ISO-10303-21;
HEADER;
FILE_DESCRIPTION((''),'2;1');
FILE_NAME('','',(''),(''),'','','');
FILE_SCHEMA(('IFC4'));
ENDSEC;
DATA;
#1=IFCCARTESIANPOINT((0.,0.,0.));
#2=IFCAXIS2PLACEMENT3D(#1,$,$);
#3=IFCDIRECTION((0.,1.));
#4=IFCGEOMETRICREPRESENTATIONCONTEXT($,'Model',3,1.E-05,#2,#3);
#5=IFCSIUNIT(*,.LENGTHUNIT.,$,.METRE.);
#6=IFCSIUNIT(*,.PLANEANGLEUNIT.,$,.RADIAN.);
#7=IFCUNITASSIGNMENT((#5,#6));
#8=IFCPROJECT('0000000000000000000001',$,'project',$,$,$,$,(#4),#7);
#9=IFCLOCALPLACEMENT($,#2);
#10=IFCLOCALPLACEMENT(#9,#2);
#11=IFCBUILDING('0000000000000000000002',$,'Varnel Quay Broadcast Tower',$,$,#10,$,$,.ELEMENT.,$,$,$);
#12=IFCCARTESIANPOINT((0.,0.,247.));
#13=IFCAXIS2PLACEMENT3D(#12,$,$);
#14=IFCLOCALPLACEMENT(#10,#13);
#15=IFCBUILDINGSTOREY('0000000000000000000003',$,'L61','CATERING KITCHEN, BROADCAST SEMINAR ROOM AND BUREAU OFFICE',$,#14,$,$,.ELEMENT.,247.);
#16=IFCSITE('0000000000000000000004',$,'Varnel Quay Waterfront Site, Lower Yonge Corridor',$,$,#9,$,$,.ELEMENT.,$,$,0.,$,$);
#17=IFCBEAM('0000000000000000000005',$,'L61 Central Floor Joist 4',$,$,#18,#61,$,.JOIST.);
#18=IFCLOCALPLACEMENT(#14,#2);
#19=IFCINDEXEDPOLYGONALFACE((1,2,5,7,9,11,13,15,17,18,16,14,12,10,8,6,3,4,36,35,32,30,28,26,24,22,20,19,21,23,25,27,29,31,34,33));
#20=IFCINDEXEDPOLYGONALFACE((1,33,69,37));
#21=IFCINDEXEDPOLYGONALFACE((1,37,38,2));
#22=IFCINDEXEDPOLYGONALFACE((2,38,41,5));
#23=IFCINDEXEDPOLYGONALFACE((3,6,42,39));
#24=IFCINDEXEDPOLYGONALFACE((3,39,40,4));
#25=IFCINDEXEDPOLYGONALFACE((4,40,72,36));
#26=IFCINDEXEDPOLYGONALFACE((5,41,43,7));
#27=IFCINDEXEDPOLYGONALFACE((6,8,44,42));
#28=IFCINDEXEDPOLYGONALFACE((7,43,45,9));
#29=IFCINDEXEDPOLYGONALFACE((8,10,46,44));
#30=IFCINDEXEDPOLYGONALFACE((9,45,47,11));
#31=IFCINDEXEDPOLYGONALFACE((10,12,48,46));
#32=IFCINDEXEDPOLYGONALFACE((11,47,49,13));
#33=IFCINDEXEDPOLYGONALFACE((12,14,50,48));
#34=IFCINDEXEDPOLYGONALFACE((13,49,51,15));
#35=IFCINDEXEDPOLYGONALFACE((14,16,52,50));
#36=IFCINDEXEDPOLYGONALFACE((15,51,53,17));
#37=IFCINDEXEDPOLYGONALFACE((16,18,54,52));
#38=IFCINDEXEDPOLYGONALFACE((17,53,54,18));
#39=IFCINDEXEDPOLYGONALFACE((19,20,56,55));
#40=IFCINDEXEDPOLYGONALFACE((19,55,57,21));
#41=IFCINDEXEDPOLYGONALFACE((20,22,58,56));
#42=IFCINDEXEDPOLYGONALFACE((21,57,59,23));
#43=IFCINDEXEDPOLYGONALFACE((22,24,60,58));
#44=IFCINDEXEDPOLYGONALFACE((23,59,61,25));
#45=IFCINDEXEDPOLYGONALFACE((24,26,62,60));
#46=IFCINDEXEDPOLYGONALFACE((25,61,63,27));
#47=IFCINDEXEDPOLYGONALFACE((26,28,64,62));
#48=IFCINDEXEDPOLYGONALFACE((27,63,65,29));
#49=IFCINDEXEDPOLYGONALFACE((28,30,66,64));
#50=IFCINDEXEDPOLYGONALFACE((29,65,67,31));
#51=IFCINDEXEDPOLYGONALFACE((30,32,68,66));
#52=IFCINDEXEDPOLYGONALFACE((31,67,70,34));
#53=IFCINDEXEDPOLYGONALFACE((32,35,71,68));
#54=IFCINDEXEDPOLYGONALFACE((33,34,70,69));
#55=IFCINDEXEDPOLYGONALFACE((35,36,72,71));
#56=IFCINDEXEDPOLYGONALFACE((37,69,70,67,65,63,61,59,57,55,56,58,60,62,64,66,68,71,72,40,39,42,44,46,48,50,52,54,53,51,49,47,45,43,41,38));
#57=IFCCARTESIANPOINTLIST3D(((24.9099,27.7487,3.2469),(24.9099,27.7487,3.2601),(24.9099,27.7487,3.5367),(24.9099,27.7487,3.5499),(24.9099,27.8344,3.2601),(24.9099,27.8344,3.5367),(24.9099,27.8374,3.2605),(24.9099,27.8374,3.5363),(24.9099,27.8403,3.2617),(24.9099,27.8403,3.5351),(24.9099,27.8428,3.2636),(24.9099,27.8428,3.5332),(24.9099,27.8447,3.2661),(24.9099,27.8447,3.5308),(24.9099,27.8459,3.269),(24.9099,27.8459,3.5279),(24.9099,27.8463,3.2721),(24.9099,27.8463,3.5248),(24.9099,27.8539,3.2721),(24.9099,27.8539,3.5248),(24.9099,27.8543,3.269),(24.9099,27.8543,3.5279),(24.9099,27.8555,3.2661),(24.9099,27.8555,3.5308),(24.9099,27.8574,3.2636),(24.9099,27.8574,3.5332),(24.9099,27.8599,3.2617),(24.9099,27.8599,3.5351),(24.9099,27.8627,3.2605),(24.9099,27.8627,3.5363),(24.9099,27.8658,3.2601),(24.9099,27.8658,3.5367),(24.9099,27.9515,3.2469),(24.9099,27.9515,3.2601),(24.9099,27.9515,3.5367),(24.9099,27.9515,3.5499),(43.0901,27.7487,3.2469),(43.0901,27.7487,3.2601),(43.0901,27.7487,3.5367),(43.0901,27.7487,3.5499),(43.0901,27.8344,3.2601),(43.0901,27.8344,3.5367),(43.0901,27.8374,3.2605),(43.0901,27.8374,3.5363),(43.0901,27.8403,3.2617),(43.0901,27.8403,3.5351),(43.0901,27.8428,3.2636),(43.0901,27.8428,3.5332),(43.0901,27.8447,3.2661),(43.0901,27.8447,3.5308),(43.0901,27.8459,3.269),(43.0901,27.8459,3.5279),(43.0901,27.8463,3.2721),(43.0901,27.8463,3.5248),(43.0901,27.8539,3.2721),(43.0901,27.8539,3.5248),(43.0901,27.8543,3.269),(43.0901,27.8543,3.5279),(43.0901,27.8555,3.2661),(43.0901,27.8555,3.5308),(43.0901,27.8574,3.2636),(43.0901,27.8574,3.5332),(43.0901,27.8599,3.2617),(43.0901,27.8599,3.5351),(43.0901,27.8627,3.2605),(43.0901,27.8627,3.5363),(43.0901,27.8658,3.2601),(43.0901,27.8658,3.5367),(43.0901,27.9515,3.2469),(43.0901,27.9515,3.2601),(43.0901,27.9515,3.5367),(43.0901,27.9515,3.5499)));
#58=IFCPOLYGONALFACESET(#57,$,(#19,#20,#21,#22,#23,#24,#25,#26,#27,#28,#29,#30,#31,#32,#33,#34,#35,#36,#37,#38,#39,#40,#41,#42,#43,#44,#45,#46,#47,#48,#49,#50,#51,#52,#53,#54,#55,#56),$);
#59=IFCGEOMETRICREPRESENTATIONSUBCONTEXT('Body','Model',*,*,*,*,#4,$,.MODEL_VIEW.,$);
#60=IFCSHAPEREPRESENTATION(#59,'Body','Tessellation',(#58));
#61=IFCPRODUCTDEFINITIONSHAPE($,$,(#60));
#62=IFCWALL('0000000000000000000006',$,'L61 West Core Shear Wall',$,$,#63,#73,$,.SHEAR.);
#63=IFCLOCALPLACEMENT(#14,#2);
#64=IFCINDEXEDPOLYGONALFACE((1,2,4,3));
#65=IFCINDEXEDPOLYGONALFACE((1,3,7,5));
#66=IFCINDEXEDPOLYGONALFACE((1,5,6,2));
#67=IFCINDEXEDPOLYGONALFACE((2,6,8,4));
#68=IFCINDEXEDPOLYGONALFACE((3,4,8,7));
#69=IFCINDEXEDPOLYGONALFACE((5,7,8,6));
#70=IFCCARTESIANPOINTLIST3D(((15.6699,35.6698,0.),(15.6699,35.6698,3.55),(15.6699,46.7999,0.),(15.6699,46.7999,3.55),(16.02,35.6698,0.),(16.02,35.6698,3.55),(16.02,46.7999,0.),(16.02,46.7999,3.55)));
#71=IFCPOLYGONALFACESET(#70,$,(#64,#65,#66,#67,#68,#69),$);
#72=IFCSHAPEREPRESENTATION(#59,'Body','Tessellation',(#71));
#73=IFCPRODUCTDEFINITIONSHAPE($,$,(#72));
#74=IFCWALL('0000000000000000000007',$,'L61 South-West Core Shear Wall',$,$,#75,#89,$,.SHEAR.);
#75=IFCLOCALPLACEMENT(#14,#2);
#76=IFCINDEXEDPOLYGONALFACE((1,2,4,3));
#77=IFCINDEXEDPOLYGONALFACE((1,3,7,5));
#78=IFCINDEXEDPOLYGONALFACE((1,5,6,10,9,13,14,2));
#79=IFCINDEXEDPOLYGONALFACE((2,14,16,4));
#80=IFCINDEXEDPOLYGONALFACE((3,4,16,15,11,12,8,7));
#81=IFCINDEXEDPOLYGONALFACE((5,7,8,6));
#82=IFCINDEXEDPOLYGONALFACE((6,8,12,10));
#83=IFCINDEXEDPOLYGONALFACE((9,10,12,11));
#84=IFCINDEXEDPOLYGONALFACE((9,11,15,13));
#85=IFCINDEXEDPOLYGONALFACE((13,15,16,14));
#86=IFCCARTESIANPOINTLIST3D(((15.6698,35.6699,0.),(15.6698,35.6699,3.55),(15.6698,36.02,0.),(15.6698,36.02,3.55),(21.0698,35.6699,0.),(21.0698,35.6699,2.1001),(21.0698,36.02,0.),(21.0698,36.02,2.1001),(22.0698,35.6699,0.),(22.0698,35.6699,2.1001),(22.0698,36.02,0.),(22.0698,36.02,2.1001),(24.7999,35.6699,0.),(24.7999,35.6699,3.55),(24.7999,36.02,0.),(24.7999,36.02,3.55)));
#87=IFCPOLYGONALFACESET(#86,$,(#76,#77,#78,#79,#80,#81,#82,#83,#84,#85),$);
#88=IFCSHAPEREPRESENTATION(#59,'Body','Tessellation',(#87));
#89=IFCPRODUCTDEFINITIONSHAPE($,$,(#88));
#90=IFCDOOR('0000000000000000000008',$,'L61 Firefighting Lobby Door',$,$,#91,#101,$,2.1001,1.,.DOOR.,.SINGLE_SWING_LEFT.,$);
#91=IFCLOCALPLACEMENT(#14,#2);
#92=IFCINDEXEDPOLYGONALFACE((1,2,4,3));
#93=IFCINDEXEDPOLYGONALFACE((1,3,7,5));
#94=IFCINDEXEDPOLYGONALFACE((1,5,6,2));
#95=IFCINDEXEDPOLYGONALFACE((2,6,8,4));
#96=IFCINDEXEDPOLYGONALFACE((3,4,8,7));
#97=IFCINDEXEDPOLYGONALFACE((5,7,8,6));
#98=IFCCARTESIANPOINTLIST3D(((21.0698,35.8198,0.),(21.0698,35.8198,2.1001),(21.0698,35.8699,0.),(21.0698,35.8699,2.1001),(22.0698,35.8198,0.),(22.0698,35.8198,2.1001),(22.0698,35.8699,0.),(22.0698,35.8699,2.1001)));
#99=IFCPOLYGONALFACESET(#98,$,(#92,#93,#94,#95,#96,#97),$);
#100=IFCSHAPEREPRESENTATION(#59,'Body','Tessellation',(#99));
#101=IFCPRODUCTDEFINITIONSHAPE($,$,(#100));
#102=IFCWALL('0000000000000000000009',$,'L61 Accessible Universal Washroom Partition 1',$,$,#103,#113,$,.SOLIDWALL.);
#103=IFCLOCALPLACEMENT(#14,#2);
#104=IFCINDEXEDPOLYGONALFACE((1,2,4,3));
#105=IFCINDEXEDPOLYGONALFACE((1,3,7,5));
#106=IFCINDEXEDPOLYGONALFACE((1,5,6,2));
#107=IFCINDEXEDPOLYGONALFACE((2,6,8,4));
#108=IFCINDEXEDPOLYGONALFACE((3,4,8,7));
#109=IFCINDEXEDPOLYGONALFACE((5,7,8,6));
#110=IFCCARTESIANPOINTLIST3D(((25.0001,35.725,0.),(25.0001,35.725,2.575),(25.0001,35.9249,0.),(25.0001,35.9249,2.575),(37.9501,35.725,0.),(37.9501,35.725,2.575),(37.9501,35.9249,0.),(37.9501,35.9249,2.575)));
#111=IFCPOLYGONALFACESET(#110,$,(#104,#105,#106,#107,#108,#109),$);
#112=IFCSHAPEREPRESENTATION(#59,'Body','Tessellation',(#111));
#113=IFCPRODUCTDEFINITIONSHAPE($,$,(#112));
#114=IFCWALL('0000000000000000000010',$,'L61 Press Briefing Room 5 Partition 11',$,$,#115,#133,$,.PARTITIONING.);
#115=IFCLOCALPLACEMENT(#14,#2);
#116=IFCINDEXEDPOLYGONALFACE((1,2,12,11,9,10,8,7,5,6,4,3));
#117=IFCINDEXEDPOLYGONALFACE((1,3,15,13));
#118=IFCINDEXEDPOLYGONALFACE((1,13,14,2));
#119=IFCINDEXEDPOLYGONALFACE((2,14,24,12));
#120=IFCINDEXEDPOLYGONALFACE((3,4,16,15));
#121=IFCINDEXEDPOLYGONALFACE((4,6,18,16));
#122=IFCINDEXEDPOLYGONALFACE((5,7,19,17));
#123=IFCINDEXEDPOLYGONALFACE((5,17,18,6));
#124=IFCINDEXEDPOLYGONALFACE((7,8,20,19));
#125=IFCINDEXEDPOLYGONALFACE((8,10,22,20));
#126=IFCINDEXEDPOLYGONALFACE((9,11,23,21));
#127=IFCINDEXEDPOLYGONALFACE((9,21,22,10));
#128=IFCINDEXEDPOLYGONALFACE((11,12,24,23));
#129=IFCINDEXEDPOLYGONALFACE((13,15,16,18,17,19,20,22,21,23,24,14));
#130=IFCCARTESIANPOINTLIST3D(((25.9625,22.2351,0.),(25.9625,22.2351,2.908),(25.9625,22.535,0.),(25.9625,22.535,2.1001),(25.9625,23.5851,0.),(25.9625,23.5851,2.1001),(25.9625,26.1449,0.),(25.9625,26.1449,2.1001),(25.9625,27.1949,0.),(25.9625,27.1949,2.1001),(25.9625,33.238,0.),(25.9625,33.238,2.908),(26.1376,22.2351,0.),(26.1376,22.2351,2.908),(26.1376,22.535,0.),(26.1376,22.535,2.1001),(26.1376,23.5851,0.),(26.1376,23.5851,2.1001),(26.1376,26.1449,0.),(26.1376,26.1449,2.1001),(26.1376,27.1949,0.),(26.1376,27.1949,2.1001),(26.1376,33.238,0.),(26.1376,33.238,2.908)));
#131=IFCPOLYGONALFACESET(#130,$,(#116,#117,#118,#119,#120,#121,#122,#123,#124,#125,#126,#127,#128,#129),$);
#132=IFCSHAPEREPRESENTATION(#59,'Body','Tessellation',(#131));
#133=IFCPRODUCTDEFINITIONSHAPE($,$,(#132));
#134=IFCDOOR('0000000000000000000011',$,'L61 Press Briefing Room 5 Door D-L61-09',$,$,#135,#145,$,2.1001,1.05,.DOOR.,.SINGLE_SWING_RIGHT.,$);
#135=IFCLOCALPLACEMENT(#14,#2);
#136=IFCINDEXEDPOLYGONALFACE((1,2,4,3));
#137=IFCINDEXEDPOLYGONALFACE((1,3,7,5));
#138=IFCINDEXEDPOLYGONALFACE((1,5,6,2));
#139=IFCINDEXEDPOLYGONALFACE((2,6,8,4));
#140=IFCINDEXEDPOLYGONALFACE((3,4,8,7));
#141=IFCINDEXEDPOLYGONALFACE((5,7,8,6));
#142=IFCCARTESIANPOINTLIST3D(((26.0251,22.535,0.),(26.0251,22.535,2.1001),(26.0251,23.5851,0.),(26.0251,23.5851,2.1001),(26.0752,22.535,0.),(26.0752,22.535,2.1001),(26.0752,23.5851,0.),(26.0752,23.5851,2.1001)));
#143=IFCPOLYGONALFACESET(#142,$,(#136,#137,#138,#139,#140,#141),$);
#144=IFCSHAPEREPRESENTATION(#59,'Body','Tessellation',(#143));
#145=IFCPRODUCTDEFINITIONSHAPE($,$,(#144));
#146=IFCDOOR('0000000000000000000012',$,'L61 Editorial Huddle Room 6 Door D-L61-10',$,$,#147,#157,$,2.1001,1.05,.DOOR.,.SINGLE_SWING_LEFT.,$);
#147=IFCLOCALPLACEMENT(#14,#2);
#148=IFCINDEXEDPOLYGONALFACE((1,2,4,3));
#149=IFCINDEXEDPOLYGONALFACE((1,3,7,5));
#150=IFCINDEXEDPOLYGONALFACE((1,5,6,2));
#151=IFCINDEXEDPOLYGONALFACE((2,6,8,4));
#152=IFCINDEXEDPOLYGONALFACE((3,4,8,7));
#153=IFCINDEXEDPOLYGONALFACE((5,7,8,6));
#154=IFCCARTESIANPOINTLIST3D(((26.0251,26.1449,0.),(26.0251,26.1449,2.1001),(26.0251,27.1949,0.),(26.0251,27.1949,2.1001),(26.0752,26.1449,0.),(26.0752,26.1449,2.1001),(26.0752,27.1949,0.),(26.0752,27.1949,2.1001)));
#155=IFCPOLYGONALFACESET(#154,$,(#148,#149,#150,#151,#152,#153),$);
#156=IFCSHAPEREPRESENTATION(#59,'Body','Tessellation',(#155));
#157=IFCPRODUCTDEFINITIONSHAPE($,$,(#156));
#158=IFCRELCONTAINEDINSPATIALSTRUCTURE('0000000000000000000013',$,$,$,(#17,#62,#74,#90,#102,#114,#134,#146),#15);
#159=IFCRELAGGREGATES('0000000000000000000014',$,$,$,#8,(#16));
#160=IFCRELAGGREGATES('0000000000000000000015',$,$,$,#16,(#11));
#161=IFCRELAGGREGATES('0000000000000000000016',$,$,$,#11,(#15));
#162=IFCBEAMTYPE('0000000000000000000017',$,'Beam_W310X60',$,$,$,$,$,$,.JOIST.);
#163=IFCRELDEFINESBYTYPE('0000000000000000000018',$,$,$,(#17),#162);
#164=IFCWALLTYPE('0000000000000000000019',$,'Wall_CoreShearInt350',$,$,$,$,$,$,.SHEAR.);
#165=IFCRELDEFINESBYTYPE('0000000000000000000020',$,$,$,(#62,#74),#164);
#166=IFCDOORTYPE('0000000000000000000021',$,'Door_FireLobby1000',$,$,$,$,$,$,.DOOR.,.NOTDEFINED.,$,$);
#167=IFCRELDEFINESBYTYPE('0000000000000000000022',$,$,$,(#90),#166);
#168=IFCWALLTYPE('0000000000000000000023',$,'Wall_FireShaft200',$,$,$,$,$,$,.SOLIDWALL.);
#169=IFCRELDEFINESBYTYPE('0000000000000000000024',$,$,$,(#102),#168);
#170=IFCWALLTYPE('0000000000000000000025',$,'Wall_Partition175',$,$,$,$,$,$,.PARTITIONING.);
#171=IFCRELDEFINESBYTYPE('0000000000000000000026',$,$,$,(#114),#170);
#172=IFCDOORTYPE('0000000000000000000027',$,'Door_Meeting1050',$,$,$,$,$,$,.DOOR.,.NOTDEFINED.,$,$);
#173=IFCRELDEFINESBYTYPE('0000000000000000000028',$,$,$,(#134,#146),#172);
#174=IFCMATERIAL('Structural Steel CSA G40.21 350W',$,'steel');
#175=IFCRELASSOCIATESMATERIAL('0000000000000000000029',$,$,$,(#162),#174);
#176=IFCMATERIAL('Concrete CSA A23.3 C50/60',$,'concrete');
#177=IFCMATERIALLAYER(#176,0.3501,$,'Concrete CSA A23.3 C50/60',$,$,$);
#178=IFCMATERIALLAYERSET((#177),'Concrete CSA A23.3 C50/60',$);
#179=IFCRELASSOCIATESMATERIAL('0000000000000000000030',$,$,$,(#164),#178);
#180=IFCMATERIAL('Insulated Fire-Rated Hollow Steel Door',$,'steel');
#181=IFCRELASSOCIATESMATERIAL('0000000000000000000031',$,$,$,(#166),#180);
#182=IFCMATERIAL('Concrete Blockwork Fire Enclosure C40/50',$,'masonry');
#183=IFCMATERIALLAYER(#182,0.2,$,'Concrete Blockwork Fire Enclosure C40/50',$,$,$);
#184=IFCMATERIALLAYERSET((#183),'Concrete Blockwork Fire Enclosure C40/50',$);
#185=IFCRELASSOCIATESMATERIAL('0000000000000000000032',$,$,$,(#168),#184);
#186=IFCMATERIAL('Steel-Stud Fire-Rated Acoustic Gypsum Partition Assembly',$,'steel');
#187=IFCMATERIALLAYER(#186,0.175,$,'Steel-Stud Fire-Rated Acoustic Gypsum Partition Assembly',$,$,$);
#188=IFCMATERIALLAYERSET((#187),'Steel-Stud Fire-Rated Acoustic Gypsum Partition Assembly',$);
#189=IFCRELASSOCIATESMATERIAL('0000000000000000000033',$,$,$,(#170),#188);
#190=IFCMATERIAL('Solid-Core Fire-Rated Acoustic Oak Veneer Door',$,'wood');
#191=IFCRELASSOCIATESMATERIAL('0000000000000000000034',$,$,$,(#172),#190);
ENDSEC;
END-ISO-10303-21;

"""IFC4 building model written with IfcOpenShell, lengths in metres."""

from ifc_helpers import new_model, si_unit, direction, frame, frame_2d, origin, origin_2d, place, context, subcontext, project, spatial, rectangle, i_section, extrude, source, transform, mapped, material, layer, layer_set, material_profile, profile_set, type_object, type_shapes, element, fill, save


model = new_model("IFC4")

# Units and contexts
model_context = context("Model", 3, precision=1e-05, world=origin(), true_north=direction((0.0, 1.0)))
body_context = subcontext(model_context, "Body", "Model", "MODEL_VIEW")
ifc_project = project(units=[si_unit("LENGTHUNIT", "METRE"), si_unit("PLANEANGLEUNIT", "RADIAN")], contexts=[model_context])

# Site, building, storey
site_placement = place(None, origin())
site = spatial("IfcSite", under=ifc_project, at=site_placement, Name="Varnel Quay Waterfront Site, Lower Yonge Corridor", CompositionType="ELEMENT", RefElevation=0.0)
building_placement = place(site_placement, origin())
building = spatial("IfcBuilding", under=site, at=building_placement, Name="Varnel Quay Broadcast Tower", CompositionType="ELEMENT")
storey_placement = place(building_placement, frame((0.0, 0.0, 247.0)))
storey = spatial("IfcBuildingStorey", under=building, at=storey_placement, Name="L61", Description="CATERING KITCHEN, BROADCAST SEMINAR ROOM AND BUREAU OFFICE", CompositionType="ELEMENT", Elevation=247.0)

# Shared definitions
ifc_material_1 = material(Name="Structural Steel CSA G40.21 350W", Category="steel")

# Beam
ifc_material_2 = material(Name="Concrete CSA A23.3 C50/60", Category="concrete")
ifc_material_profile_1 = material_profile(ifc_material_1, i_section(OverallWidth=0.2029, OverallDepth=0.303, WebThickness=0.0076, FlangeThickness=0.0132, FilletRadius=0.012, at=origin_2d()), Name="W310X60")
ifc_profile_set_1 = profile_set([ifc_material_profile_1], Name="Structural Steel CSA G40.21 350W")
beam_type_1 = type_object("IfcBeamType", Name="Beam_W310X60", PredefinedType="JOIST", material=ifc_profile_set_1)
shared_shape_1 = source(origin(), body_context, "Body", "SweptSolid", [
    extrude(i_section(OverallWidth=0.2029, OverallDepth=0.303, WebThickness=0.0076, FlangeThickness=0.0132, FilletRadius=0.012, at=origin_2d()), origin(), (0.0, 0.0, 1.0), 18.1802),
])
beam_1_placement = place(storey_placement, frame((24.9099, 27.8501, 3.3984), z_axis=(1.0, 0.0, 0.0), x_axis=(0.0, 1.0, 0.0)))
element("IfcBeam", 1, at=beam_1_placement, inside=storey, type_object=beam_type_1, Name="L61 Central Floor Joist 4", PredefinedType="JOIST", context=body_context, shape_type="MappedRepresentation", body=[
    mapped(shared_shape_1, transform((0.0, 0.0, 0.0), x_axis=(1.0, 0.0, 0.0), y_axis=(0.0, 1.0, 0.0), z_axis=(0.0, 0.0, 1.0), scale=1.0)),
])

# Wall
ifc_layer_1 = layer(ifc_material_2, 0.3501, Name="Concrete CSA A23.3 C50/60")
ifc_layer_set_1 = layer_set([ifc_layer_1], Name="Concrete CSA A23.3 C50/60")
wall_type_1 = type_object("IfcWallType", Name="Wall_CoreShearInt350", PredefinedType="SHEAR", material=ifc_layer_set_1)
wall_1_placement = place(storey_placement, frame((15.845, 35.6699, 0.0), z_axis=(0.0, 0.0, 1.0), x_axis=(0.0, 1.0, 0.0)))
element("IfcWall", 2, at=wall_1_placement, inside=storey, type_object=wall_type_1, Name="L61 West Core Shear Wall", PredefinedType="SHEAR", context=body_context, shape_type="SweptSolid", body=[
    extrude(rectangle(XDim=11.1301, YDim=0.3501, at=frame_2d((5.5649, 0.0))), origin(), (0.0, 0.0, 1.0), 3.55),
])

# Wall, opening, door
wall_2_placement = place(storey_placement, frame((15.6699, 35.845, 0.0), z_axis=(0.0, 0.0, 1.0), x_axis=(1.0, 0.0, 0.0)))
wall_2 = element("IfcWall", 3, at=wall_2_placement, inside=storey, type_object=wall_type_1, Name="L61 South-West Core Shear Wall", PredefinedType="SHEAR", context=body_context, shape_type="SweptSolid", body=[
    extrude(rectangle(XDim=9.1301, YDim=0.3501, at=frame_2d((4.5649, 0.0))), origin(), (0.0, 0.0, 1.0), 3.55),
])
opening_1_placement = place(wall_2_placement, frame((5.3999, 0.0, 0.0)))
opening_1 = element("IfcOpeningElement", 4, at=opening_1_placement, cuts=wall_2, PredefinedType="OPENING", context=body_context, shape_type="SweptSolid", body=[
    extrude(rectangle(XDim=1.0, YDim=2.1001, at=frame_2d((0.5, 1.05))), frame((0.0, 0.1851, 0.0), z_axis=(0.0, -1.0, 0.0), x_axis=(1.0, 0.0, 0.0)), (0.0, 0.0, 1.0), 0.3701),
])
ifc_material_3 = material(Name="Insulated Fire-Rated Hollow Steel Door", Category="steel")
door_type_1 = type_object("IfcDoorType", Name="Door_FireLobby1000", OperationType="NOTDEFINED", PredefinedType="DOOR", material=ifc_material_3)
shared_shape_2 = source(origin(), body_context, "Body", "SweptSolid", [
    extrude(rectangle(XDim=1.0, YDim=2.1001, at=frame_2d((0.5, 1.05))), frame((0.0, 0.0249, 0.0), z_axis=(0.0, -1.0, 0.0), x_axis=(1.0, 0.0, 0.0)), (0.0, 0.0, 1.0), 0.05),
])
type_shapes(door_type_1, [shared_shape_2])
door_1_placement = place(opening_1_placement, origin())
door_1 = element("IfcDoor", 5, at=door_1_placement, inside=storey, type_object=door_type_1, Name="L61 Firefighting Lobby Door", OperationType="SINGLE_SWING_LEFT", OverallHeight=2.1001, OverallWidth=1.0, PredefinedType="DOOR", context=body_context, shape_type="MappedRepresentation", body=[
    mapped(shared_shape_2, transform((0.0, 0.0, 0.0), x_axis=(1.0, 0.0, 0.0), y_axis=(0.0, 1.0, 0.0), z_axis=(0.0, 0.0, 1.0), scale=1.0)),
])
fill(opening_1, door_1)

# Wall
ifc_material_4 = material(Name="Concrete Blockwork Fire Enclosure C40/50", Category="masonry")
ifc_layer_2 = layer(ifc_material_4, 0.2, Name="Concrete Blockwork Fire Enclosure C40/50")
ifc_layer_set_2 = layer_set([ifc_layer_2], Name="Concrete Blockwork Fire Enclosure C40/50")
wall_type_2 = type_object("IfcWallType", Name="Wall_FireShaft200", PredefinedType="SOLIDWALL", material=ifc_layer_set_2)
wall_3_placement = place(storey_placement, frame((25.0, 35.825, 0.0), z_axis=(0.0, 0.0, 1.0), x_axis=(1.0, 0.0, 0.0)))
element("IfcWall", 6, at=wall_3_placement, inside=storey, type_object=wall_type_2, Name="L61 Accessible Universal Washroom Partition 1", PredefinedType="SOLIDWALL", context=body_context, shape_type="SweptSolid", body=[
    extrude(rectangle(XDim=12.95, YDim=0.2, at=frame_2d((6.4751, 0.0))), origin(), (0.0, 0.0, 1.0), 2.575),
])

# Wall, openings, doors
ifc_material_5 = material(Name="Steel-Stud Fire-Rated Acoustic Gypsum Partition Assembly", Category="steel")
ifc_layer_3 = layer(ifc_material_5, 0.175, Name="Steel-Stud Fire-Rated Acoustic Gypsum Partition Assembly")
ifc_layer_set_3 = layer_set([ifc_layer_3], Name="Steel-Stud Fire-Rated Acoustic Gypsum Partition Assembly")
wall_type_3 = type_object("IfcWallType", Name="Wall_Partition175", PredefinedType="PARTITIONING", material=ifc_layer_set_3)
wall_4_placement = place(storey_placement, frame((26.05, 22.2351, 0.0), z_axis=(0.0, 0.0, 1.0), x_axis=(0.0, 1.0, 0.0)))
wall_4 = element("IfcWall", 7, at=wall_4_placement, inside=storey, type_object=wall_type_3, Name="L61 Press Briefing Room 5 Partition 11", PredefinedType="PARTITIONING", context=body_context, shape_type="SweptSolid", body=[
    extrude(rectangle(XDim=11.0029, YDim=0.175, at=frame_2d((5.5015, 0.0))), origin(), (0.0, 0.0, 1.0), 2.908),
])
opening_2_placement = place(wall_4_placement, frame((0.3, 0.0, 0.0)))
opening_2 = element("IfcOpeningElement", 8, at=opening_2_placement, cuts=wall_4, PredefinedType="OPENING", context=body_context, shape_type="SweptSolid", body=[
    extrude(rectangle(XDim=1.05, YDim=2.1001, at=frame_2d((0.5249, 1.05))), frame((0.0, 0.0977, 0.0), z_axis=(0.0, -1.0, 0.0), x_axis=(1.0, 0.0, 0.0)), (0.0, 0.0, 1.0), 0.1951),
])
opening_3_placement = place(wall_4_placement, frame((3.9099, 0.0, 0.0)))
opening_3 = element("IfcOpeningElement", 9, at=opening_3_placement, cuts=wall_4, PredefinedType="OPENING", context=body_context, shape_type="SweptSolid", body=[
    extrude(rectangle(XDim=1.05, YDim=2.1001, at=frame_2d((0.5249, 1.05))), frame((0.0, 0.0977, 0.0), z_axis=(0.0, -1.0, 0.0), x_axis=(1.0, 0.0, 0.0)), (0.0, 0.0, 1.0), 0.1951),
])
ifc_material_6 = material(Name="Solid-Core Fire-Rated Acoustic Oak Veneer Door", Category="wood")
door_type_2 = type_object("IfcDoorType", Name="Door_Meeting1050", OperationType="NOTDEFINED", PredefinedType="DOOR", material=ifc_material_6)
shared_shape_3 = source(origin(), body_context, "Body", "SweptSolid", [
    extrude(rectangle(XDim=1.05, YDim=2.1001, at=frame_2d((0.5249, 1.05))), frame((0.0, 0.0249, 0.0), z_axis=(0.0, -1.0, 0.0), x_axis=(1.0, 0.0, 0.0)), (0.0, 0.0, 1.0), 0.05),
])
type_shapes(door_type_2, [shared_shape_3])
door_2_placement = place(opening_2_placement, origin())
door_2 = element("IfcDoor", 10, at=door_2_placement, inside=storey, type_object=door_type_2, Name="L61 Press Briefing Room 5 Door D-L61-09", OperationType="SINGLE_SWING_RIGHT", OverallHeight=2.1001, OverallWidth=1.05, PredefinedType="DOOR", context=body_context, shape_type="MappedRepresentation", body=[
    mapped(shared_shape_3, transform((0.0, 0.0, 0.0), x_axis=(1.0, 0.0, 0.0), y_axis=(0.0, 1.0, 0.0), z_axis=(0.0, 0.0, 1.0), scale=1.0)),
])
fill(opening_2, door_2)
door_3_placement = place(opening_3_placement, origin())
door_3 = element("IfcDoor", 11, at=door_3_placement, inside=storey, type_object=door_type_2, Name="L61 Editorial Huddle Room 6 Door D-L61-10", OperationType="SINGLE_SWING_LEFT", OverallHeight=2.1001, OverallWidth=1.05, PredefinedType="DOOR", context=body_context, shape_type="MappedRepresentation", body=[
    mapped(shared_shape_3, transform((0.0, 0.0, 0.0), x_axis=(1.0, 0.0, 0.0), y_axis=(0.0, 1.0, 0.0), z_axis=(0.0, 0.0, 1.0), scale=1.0)),
])
fill(opening_3, door_3)

save(model, "model.ifc")
